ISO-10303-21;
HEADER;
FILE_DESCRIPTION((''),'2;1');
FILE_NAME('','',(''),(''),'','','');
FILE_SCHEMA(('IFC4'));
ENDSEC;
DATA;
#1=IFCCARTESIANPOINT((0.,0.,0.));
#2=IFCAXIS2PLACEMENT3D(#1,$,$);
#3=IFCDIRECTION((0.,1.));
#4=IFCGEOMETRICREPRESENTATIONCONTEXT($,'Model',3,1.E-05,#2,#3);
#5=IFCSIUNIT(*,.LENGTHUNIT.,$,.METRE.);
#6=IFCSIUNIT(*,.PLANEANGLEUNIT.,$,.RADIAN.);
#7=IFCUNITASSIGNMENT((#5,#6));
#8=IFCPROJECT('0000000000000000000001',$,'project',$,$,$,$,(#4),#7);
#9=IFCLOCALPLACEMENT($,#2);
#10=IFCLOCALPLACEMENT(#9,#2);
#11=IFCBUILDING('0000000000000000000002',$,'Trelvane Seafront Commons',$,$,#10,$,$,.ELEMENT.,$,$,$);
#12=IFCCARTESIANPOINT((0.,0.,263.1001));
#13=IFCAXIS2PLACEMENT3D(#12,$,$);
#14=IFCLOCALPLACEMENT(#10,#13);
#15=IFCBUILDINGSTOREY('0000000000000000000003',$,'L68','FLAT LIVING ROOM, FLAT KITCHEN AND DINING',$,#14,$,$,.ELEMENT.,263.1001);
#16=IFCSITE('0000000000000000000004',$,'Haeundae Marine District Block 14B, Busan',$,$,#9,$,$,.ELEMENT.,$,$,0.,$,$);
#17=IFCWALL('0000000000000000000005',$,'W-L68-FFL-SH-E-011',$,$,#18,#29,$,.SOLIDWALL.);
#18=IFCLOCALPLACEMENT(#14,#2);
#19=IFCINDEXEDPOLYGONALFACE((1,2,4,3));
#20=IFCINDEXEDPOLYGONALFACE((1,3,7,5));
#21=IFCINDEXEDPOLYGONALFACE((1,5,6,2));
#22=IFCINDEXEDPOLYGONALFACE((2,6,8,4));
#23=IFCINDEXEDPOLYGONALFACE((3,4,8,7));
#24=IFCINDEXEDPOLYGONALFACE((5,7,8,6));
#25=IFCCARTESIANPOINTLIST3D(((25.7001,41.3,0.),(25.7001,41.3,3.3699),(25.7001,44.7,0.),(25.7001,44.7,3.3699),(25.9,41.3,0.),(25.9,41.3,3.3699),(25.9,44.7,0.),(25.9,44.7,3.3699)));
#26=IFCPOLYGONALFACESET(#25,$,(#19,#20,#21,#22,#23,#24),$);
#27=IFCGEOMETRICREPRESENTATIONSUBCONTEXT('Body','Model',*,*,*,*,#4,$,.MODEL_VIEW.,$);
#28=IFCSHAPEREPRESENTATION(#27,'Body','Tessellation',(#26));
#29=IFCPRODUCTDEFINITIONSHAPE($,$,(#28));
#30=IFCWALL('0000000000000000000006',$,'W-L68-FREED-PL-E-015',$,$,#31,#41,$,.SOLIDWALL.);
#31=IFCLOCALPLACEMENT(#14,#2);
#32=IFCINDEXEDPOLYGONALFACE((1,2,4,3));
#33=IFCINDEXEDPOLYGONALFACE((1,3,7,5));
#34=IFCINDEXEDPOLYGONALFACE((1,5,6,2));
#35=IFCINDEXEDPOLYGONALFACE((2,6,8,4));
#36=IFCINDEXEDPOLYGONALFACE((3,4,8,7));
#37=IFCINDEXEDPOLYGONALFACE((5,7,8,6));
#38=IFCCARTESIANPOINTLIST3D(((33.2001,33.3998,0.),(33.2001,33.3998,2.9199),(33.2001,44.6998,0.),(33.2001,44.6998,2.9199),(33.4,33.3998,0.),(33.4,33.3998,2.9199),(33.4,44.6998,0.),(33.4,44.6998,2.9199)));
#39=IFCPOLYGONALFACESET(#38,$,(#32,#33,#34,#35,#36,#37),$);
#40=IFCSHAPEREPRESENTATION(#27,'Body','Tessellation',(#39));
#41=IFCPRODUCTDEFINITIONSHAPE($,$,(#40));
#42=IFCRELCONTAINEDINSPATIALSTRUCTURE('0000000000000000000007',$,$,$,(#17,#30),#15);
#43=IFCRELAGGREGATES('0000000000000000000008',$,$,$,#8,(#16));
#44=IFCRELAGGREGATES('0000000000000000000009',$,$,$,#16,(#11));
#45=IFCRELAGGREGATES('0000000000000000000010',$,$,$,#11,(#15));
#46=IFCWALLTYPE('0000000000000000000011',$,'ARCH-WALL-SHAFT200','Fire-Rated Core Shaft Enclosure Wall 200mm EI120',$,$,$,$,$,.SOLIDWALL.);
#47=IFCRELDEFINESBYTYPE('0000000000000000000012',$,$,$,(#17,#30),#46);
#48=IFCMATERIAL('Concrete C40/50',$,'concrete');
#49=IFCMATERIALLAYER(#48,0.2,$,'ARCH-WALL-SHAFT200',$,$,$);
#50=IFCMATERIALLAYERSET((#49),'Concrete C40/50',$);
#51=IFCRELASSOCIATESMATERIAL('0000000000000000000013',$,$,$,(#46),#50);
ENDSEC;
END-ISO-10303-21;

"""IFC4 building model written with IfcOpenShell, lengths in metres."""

from ifc_helpers import new_model, si_unit, direction, frame, frame_2d, origin, place, context, subcontext, project, spatial, rectangle, extrude, material, layer, layer_set, type_object, element, save


model = new_model("IFC4")

# Units and contexts
model_context = context("Model", 3, precision=1e-05, world=origin(), true_north=direction((0.0, 1.0)))
body_context = subcontext(model_context, "Body", "Model", "MODEL_VIEW")
ifc_project = project(units=[si_unit("LENGTHUNIT", "METRE"), si_unit("PLANEANGLEUNIT", "RADIAN")], contexts=[model_context])

# Site, building, storey
site_placement = place(None, origin())
site = spatial("IfcSite", under=ifc_project, at=site_placement, Name="Haeundae Marine District Block 14B, Busan", CompositionType="ELEMENT", RefElevation=0.0)
building_placement = place(site_placement, origin())
building = spatial("IfcBuilding", under=site, at=building_placement, Name="Trelvane Seafront Commons", CompositionType="ELEMENT")
storey_placement = place(building_placement, frame((0.0, 0.0, 263.1001)))
storey = spatial("IfcBuildingStorey", under=building, at=storey_placement, Name="L68", Description="FLAT LIVING ROOM, FLAT KITCHEN AND DINING", CompositionType="ELEMENT", Elevation=263.1001)

# Shared definitions
ifc_material_1 = material(Name="Concrete C40/50", Category="concrete")

# Walls
ifc_layer_1 = layer(ifc_material_1, 0.2, Name="ARCH-WALL-SHAFT200")
ifc_layer_set_1 = layer_set([ifc_layer_1], Name="Concrete C40/50")
wall_type_1 = type_object("IfcWallType", Name="ARCH-WALL-SHAFT200", Description="Fire-Rated Core Shaft Enclosure Wall 200mm EI120", PredefinedType="SOLIDWALL", material=ifc_layer_set_1)
for number, where, z_axis, x_axis, name in (
    (1, (25.8, 41.3, 0.0), (0.0, 0.0, 1.0), (0.0, 1.0, 0.0), "W-L68-FFL-SH-E-011"),
):
    element("IfcWall", number, at=place(storey_placement, frame(where, z_axis=z_axis, x_axis=x_axis)), inside=storey, type_object=wall_type_1, Name=name, PredefinedType="SOLIDWALL", context=body_context, shape_type="SweptSolid", body=[
        extrude(rectangle(XDim=3.3999, YDim=0.2, at=frame_2d((1.7, 0.0))), origin(), (0.0, 0.0, 1.0), 3.3699),
    ])
wall_1_placement = place(storey_placement, frame((33.3, 33.3999, 0.0), z_axis=(0.0, 0.0, 1.0), x_axis=(0.0, 1.0, 0.0)))
element("IfcWall", 2, at=wall_1_placement, inside=storey, type_object=wall_type_1, Name="W-L68-FREED-PL-E-015", PredefinedType="SOLIDWALL", context=body_context, shape_type="SweptSolid", body=[
    extrude(rectangle(XDim=11.3, YDim=0.2, at=frame_2d((5.6499, 0.0))), origin(), (0.0, 0.0, 1.0), 2.9199),
])

save(model, "model.ifc")
